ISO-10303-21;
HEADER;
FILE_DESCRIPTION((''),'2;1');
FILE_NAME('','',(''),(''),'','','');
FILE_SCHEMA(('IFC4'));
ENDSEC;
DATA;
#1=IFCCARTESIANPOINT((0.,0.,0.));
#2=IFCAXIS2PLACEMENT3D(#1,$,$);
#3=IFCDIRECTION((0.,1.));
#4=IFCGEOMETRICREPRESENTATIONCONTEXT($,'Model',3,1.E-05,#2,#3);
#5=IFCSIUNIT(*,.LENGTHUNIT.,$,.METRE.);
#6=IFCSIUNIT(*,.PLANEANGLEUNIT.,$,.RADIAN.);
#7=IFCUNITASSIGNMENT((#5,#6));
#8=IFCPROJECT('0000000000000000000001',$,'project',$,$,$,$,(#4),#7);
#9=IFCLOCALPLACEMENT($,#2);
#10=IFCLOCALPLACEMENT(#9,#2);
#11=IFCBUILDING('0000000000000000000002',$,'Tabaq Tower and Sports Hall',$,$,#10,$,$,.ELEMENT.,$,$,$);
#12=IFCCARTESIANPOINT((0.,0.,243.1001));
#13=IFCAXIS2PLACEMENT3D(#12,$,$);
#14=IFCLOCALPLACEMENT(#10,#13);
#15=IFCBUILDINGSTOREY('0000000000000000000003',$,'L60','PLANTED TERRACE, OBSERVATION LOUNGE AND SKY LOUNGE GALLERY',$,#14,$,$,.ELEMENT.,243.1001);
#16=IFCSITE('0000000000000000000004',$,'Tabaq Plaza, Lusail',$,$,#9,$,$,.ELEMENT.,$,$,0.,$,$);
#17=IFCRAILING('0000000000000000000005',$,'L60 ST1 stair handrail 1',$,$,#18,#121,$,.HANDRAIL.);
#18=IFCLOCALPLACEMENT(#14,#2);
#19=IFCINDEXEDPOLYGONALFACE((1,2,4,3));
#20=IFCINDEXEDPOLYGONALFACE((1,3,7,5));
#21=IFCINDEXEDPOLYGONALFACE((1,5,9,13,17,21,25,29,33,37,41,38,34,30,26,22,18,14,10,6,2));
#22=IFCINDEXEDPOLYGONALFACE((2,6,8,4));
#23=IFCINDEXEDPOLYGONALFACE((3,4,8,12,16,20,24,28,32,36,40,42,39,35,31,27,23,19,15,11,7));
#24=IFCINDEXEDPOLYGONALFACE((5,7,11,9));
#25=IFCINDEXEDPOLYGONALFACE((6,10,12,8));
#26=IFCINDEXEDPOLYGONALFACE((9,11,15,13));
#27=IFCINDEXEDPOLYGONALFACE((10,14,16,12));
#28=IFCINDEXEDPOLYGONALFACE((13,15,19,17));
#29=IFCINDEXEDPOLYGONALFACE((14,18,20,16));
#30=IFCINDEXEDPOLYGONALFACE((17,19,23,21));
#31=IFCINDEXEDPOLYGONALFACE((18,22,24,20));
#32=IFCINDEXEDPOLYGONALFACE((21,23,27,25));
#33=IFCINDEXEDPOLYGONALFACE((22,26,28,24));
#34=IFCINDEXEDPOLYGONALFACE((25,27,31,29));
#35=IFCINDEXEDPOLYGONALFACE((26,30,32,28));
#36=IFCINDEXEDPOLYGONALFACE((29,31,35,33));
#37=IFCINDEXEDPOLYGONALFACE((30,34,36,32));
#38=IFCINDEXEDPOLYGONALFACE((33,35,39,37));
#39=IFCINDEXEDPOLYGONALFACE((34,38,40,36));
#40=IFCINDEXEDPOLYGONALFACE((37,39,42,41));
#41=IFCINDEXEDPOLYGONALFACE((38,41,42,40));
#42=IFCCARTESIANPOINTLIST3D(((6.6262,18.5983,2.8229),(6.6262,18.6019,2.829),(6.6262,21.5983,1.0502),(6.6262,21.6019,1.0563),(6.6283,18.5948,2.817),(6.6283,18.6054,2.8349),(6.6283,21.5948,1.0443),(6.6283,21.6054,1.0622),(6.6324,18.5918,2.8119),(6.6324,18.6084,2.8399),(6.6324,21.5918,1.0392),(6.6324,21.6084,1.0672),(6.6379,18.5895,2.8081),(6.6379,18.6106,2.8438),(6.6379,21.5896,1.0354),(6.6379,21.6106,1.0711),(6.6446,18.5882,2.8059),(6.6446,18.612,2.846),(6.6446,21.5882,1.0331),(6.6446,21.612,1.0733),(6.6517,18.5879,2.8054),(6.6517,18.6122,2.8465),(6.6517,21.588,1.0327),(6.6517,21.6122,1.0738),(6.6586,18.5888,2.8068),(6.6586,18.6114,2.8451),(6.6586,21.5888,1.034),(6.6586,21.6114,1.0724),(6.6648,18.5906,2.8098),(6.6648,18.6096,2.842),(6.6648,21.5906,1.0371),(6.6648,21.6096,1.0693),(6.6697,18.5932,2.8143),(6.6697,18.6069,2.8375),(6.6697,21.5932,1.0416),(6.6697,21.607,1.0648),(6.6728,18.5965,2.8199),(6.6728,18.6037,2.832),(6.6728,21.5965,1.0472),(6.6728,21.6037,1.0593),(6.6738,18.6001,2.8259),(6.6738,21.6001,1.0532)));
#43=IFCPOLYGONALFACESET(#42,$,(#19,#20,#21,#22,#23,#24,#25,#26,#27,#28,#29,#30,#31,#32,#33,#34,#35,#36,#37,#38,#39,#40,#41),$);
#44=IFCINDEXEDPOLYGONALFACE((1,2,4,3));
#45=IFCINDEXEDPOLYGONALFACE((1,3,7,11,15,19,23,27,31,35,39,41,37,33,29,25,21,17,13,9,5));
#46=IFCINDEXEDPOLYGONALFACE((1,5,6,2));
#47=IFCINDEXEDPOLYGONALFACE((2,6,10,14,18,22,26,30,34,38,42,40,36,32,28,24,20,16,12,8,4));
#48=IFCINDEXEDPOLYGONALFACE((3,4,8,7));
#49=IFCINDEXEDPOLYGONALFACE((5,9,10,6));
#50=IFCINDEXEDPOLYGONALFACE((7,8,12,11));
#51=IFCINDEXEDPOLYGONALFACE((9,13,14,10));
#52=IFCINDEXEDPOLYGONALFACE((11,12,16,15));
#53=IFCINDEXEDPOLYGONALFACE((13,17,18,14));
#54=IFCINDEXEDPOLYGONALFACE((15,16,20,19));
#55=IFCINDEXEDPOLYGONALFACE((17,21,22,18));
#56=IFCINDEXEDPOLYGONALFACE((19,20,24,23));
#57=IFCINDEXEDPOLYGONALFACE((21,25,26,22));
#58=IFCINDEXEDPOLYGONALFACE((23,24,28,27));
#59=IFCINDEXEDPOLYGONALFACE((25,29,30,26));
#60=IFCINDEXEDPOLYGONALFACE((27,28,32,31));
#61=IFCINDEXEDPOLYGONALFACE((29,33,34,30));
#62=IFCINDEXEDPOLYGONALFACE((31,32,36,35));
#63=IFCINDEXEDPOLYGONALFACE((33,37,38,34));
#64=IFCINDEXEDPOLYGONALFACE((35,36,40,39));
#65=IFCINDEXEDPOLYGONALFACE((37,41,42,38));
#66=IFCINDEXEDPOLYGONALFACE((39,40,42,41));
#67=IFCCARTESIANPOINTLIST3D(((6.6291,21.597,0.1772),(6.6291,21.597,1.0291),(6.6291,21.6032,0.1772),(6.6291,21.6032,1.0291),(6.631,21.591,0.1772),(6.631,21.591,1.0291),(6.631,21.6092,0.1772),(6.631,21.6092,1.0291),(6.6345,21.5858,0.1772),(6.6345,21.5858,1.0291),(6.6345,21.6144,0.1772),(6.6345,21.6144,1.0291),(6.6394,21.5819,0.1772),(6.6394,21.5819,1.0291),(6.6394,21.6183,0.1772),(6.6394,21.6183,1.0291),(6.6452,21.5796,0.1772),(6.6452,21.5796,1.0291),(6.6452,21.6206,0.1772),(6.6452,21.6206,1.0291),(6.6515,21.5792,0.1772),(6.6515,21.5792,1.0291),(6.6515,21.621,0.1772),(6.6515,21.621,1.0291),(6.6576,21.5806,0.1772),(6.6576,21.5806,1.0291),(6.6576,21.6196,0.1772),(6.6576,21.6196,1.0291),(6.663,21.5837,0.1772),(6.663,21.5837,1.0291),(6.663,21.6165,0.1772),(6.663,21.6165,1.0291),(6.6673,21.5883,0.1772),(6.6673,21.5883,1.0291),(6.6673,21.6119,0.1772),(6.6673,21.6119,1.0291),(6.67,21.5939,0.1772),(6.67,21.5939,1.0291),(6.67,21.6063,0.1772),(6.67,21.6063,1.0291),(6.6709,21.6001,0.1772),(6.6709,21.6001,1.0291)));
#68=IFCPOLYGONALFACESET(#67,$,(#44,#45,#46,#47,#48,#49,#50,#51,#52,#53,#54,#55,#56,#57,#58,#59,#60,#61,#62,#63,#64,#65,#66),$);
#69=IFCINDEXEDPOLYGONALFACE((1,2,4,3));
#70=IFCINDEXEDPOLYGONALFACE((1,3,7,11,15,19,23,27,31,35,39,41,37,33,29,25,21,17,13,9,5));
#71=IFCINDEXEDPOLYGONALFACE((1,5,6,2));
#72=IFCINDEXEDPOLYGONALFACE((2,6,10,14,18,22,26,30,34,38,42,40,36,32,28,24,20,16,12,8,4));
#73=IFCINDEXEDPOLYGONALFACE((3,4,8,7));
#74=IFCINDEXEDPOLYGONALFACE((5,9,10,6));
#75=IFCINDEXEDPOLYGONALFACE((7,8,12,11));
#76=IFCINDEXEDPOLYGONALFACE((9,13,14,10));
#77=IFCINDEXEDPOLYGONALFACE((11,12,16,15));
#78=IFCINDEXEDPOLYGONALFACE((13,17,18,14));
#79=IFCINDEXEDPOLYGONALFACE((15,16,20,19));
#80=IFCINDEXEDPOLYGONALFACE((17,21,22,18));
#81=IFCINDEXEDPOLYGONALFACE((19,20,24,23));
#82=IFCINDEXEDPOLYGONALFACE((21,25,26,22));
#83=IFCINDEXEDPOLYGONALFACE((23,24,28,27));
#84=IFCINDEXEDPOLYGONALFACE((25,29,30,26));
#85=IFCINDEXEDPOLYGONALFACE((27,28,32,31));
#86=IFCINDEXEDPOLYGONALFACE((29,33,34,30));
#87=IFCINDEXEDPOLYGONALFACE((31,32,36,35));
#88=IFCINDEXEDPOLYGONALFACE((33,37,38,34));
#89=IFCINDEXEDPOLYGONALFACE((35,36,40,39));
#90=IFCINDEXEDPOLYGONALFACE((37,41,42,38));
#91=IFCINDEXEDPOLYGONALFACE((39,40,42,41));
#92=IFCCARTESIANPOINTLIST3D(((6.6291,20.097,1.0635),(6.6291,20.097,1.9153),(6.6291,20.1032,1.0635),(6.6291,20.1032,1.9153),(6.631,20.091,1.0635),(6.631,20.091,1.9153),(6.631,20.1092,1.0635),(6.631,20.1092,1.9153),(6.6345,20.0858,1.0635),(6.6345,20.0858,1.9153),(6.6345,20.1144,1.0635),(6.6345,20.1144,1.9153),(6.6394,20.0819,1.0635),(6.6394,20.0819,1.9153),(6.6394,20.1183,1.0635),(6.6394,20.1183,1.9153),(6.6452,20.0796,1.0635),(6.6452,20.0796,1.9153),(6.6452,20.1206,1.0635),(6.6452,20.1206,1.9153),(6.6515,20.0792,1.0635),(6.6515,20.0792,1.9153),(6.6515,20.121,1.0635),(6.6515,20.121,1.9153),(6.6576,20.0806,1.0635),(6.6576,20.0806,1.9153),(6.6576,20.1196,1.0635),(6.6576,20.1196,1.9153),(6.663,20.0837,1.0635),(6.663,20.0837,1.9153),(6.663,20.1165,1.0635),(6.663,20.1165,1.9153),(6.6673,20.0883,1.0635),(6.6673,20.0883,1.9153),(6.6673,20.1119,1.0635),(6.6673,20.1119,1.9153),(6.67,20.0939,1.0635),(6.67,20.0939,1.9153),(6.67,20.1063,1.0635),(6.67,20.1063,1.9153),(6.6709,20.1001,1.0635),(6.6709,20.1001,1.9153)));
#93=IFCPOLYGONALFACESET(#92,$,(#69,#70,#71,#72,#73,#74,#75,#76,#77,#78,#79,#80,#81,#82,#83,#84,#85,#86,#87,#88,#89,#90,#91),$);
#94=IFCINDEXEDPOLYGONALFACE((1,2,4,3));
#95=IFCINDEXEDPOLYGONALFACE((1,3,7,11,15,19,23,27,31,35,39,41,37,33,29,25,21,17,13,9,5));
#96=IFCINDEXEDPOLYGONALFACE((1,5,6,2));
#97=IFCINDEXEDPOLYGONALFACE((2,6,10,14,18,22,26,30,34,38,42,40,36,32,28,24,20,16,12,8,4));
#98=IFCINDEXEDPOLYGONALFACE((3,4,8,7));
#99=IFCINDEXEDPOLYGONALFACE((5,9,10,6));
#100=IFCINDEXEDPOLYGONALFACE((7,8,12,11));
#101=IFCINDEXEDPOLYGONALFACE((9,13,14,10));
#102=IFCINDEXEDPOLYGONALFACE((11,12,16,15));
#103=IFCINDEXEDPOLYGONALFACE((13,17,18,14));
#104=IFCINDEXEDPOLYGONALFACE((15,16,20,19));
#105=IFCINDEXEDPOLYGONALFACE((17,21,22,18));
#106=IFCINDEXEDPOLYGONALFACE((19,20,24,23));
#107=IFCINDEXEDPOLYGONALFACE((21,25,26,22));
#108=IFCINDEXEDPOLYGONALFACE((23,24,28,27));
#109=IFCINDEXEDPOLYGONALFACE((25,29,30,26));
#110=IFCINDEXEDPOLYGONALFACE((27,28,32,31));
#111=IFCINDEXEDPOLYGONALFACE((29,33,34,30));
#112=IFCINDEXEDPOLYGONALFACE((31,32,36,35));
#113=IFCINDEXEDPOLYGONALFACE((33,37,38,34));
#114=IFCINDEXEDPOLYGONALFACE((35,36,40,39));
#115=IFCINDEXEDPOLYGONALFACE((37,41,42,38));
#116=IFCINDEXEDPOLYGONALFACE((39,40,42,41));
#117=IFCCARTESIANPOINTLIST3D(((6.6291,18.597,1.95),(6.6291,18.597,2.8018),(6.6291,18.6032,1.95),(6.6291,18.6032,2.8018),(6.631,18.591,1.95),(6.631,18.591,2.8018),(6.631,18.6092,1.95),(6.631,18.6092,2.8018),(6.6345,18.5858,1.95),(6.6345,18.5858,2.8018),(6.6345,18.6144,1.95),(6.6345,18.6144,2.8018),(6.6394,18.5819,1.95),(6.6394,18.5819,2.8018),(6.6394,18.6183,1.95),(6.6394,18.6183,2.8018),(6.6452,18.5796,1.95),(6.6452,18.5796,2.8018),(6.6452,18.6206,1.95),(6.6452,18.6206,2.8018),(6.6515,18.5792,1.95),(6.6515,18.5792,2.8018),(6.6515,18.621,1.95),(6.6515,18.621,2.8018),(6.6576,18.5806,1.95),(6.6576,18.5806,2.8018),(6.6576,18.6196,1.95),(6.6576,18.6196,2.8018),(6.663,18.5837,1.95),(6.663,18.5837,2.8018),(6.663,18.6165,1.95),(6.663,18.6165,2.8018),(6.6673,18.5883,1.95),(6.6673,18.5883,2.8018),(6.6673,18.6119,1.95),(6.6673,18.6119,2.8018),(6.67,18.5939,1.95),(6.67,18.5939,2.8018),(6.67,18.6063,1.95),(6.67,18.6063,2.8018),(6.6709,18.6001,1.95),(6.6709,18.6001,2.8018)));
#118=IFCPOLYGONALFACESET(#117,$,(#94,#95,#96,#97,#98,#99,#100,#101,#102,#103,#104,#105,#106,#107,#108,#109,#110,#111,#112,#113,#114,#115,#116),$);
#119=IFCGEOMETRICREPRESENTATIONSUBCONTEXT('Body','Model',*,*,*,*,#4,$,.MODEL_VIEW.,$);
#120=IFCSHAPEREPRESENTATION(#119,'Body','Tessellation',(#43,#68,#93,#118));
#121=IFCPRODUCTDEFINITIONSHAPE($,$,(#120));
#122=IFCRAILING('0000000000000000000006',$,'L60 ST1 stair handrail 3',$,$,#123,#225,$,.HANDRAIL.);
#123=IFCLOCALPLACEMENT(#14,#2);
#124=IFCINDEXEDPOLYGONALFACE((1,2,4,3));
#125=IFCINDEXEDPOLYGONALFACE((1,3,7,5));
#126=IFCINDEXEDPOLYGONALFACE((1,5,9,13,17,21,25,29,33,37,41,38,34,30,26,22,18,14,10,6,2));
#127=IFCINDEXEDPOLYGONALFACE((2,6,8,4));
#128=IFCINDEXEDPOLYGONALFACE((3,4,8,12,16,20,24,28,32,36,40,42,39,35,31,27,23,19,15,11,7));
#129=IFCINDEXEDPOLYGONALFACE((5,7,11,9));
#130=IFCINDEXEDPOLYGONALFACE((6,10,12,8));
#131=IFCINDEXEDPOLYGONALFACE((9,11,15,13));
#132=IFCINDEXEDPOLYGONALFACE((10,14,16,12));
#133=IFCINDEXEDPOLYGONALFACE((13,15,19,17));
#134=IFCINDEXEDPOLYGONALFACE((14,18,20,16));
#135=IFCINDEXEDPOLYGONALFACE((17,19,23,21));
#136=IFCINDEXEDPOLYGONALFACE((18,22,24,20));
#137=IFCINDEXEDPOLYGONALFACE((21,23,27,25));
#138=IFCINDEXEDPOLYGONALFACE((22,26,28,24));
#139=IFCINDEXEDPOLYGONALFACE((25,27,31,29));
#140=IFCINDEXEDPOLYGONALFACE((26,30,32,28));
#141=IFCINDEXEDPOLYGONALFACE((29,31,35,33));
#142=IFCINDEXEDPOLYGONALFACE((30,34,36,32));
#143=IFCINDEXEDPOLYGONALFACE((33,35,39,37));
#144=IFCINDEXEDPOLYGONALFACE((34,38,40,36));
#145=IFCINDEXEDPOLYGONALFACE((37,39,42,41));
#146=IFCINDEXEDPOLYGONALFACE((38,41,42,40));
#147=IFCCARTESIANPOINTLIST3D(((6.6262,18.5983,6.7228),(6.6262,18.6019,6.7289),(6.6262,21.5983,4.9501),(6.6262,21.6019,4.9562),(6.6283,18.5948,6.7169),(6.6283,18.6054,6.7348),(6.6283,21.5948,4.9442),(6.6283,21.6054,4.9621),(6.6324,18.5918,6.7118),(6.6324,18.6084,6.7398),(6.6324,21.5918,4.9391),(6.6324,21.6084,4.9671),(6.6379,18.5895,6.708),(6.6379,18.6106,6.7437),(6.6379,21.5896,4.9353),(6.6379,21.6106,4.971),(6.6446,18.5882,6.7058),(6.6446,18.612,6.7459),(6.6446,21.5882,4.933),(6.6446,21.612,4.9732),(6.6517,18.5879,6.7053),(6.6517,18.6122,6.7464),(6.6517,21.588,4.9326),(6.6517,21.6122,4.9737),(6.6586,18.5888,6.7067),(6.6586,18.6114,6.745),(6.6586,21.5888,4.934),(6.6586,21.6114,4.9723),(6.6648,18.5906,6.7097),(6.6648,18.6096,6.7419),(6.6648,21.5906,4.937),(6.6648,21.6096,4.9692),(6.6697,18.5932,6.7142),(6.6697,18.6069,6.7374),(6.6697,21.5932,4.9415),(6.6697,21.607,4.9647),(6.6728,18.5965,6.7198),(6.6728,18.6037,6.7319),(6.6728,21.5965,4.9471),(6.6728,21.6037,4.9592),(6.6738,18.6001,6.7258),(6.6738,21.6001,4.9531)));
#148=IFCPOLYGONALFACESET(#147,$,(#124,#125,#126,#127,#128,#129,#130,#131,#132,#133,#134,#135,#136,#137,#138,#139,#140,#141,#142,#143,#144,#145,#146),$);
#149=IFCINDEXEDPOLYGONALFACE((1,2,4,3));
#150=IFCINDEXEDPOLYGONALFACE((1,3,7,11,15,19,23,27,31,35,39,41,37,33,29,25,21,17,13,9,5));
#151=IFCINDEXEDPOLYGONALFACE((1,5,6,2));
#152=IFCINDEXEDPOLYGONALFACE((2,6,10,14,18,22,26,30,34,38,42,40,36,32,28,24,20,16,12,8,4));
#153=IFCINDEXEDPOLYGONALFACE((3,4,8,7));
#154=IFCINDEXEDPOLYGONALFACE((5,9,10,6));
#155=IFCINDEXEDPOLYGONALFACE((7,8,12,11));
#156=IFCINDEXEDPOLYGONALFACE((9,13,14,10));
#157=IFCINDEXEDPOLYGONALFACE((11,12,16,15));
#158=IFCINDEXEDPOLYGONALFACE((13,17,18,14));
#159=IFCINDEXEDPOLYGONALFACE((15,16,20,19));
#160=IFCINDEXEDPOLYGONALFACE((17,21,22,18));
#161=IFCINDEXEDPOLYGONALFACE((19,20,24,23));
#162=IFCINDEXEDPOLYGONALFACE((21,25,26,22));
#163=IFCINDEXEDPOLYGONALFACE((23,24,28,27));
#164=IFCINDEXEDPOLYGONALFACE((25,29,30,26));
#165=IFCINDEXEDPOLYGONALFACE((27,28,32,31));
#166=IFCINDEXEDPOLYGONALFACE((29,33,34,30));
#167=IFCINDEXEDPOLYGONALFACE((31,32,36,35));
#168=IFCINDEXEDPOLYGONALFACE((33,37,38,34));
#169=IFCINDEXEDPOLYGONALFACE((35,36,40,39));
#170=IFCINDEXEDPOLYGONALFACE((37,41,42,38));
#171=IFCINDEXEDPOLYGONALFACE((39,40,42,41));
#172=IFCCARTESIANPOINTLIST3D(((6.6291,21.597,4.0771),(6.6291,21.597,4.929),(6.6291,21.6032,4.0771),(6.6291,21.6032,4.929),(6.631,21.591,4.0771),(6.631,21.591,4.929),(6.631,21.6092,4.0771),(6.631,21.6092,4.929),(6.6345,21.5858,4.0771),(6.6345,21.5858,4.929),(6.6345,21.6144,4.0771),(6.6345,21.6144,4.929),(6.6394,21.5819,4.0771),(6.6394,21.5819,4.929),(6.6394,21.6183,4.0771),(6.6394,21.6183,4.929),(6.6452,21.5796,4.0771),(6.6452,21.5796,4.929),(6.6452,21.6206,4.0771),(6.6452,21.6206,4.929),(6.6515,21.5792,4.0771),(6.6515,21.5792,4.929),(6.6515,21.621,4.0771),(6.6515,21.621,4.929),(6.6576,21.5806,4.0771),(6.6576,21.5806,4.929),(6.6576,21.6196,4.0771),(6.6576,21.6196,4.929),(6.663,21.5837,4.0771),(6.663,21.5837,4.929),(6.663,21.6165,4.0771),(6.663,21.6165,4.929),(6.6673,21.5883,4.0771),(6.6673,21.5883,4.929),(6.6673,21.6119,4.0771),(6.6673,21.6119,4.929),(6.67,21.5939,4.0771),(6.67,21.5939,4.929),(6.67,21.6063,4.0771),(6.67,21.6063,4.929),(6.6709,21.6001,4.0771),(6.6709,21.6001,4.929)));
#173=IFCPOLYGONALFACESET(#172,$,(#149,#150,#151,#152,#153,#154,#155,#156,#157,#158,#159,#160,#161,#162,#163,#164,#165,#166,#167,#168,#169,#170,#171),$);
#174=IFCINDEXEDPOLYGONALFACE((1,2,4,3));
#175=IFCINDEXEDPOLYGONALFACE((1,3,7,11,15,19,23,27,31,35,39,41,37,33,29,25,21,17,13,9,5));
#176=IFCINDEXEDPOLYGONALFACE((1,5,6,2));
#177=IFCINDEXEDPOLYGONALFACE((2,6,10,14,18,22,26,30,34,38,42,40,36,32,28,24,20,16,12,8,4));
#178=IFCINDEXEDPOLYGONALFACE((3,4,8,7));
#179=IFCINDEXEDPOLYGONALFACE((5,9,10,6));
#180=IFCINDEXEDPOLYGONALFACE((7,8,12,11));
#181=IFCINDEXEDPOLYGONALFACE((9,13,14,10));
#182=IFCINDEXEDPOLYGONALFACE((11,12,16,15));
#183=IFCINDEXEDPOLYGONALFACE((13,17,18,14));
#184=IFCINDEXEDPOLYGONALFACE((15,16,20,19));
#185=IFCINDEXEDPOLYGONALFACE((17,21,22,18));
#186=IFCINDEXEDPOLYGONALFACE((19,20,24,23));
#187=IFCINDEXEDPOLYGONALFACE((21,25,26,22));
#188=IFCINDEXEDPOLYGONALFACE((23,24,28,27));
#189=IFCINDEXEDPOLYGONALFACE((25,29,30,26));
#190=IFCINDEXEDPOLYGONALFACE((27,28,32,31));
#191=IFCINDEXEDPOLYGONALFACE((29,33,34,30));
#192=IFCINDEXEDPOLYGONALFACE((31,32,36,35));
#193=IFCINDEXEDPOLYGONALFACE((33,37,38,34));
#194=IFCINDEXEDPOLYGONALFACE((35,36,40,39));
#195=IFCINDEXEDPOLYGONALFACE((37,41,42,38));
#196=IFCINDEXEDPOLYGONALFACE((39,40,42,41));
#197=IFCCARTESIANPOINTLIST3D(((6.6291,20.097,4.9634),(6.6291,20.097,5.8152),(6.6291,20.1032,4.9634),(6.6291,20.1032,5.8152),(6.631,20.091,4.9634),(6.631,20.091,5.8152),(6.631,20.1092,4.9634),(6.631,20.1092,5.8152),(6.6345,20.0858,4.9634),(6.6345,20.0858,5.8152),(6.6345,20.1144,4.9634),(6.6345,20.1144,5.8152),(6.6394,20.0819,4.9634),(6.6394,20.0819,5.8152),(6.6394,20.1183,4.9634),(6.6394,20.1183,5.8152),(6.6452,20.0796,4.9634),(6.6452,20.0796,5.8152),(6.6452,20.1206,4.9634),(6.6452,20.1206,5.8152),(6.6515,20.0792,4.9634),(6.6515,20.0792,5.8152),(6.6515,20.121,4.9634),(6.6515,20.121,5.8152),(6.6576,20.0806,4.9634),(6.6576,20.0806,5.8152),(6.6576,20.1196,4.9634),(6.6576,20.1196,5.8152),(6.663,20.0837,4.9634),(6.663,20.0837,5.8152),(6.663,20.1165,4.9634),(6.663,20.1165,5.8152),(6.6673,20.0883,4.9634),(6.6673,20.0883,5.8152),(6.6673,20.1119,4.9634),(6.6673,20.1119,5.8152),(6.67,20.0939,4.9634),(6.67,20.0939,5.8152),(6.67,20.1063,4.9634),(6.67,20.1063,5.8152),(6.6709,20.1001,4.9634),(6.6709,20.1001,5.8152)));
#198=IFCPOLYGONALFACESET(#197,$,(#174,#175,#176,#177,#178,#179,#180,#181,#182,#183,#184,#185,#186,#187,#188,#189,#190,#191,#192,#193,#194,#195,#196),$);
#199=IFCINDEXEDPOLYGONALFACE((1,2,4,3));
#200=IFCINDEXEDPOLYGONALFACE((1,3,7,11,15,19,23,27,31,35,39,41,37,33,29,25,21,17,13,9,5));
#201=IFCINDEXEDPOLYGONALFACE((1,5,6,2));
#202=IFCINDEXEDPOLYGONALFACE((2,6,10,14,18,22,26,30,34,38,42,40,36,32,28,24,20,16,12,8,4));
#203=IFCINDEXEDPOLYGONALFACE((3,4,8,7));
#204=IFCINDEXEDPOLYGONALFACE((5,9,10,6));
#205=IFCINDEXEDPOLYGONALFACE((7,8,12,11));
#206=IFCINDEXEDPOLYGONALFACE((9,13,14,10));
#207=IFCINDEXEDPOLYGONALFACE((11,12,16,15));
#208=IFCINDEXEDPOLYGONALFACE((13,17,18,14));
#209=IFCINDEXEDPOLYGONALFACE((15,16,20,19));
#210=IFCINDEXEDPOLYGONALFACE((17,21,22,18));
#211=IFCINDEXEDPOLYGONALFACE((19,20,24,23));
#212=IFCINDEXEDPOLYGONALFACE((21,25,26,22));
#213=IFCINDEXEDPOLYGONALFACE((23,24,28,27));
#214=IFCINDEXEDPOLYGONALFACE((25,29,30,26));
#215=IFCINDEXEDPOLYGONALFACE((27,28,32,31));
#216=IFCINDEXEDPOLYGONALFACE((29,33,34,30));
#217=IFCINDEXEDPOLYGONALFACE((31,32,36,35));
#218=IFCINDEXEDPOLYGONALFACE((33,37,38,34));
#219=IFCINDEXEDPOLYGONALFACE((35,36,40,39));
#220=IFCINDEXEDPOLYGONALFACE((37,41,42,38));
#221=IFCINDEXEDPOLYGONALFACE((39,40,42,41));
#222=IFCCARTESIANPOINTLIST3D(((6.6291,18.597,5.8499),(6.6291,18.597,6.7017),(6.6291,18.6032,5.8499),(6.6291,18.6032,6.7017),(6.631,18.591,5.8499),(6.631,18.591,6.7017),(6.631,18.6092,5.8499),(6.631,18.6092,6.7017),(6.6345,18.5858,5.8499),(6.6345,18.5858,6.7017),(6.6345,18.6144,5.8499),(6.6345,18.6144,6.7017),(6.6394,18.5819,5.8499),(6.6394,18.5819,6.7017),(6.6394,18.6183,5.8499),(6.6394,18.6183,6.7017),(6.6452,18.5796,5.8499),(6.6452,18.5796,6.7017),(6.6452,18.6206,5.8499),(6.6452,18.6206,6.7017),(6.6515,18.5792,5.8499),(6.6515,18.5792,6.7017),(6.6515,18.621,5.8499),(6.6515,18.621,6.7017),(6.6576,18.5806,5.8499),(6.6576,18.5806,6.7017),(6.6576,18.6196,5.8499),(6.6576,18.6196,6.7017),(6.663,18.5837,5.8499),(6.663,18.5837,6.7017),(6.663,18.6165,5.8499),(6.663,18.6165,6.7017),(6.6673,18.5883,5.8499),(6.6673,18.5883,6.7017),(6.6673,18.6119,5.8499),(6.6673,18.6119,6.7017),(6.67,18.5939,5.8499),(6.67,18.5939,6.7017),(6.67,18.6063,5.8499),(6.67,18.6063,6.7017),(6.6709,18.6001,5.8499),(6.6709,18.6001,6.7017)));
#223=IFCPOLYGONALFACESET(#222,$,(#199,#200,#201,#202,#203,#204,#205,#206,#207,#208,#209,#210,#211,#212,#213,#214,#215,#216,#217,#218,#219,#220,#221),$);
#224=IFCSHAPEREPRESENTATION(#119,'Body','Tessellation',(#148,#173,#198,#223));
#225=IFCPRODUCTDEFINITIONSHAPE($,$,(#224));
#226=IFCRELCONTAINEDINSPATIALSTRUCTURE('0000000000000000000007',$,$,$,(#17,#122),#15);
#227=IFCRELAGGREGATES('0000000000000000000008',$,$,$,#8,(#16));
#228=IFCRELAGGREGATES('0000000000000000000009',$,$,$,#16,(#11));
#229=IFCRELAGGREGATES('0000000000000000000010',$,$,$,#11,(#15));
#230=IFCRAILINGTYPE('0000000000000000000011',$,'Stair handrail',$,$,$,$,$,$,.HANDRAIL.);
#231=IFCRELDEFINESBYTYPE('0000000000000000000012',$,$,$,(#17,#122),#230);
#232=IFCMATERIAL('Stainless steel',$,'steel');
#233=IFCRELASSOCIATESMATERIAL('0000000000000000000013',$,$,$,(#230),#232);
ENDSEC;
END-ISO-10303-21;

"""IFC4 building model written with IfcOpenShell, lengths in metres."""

from ifc_helpers import new_model, si_unit, direction, frame, origin, origin_2d, place, context, subcontext, project, spatial, circle, extrude, material, type_object, element, save


model = new_model("IFC4")

# Units and contexts
model_context = context("Model", 3, precision=1e-05, world=origin(), true_north=direction((0.0, 1.0)))
body_context = subcontext(model_context, "Body", "Model", "MODEL_VIEW")
ifc_project = project(units=[si_unit("LENGTHUNIT", "METRE"), si_unit("PLANEANGLEUNIT", "RADIAN")], contexts=[model_context])

# Site, building, storey
site_placement = place(None, origin())
site = spatial("IfcSite", under=ifc_project, at=site_placement, Name="Tabaq Plaza, Lusail", CompositionType="ELEMENT", RefElevation=0.0)
building_placement = place(site_placement, origin())
building = spatial("IfcBuilding", under=site, at=building_placement, Name="Tabaq Tower and Sports Hall", CompositionType="ELEMENT")
storey_placement = place(building_placement, frame((0.0, 0.0, 243.1001)))
storey = spatial("IfcBuildingStorey", under=building, at=storey_placement, Name="L60", Description="PLANTED TERRACE, OBSERVATION LOUNGE AND SKY LOUNGE GALLERY", CompositionType="ELEMENT", Elevation=243.1001)

# Railings
ifc_material_1 = material(Name="Stainless steel", Category="steel")
railing_type_1 = type_object("IfcRailingType", Name="Stair handrail", PredefinedType="HANDRAIL", material=ifc_material_1)
for number, where, name in (
    (1, (6.6499, 21.6001, 0.1772), "L60 ST1 stair handrail 1"),
    (2, (6.6499, 21.6001, 4.0771), "L60 ST1 stair handrail 3"),
):
    element("IfcRailing", number, at=place(storey_placement, frame(where)), inside=storey, type_object=railing_type_1, Name=name, PredefinedType="HANDRAIL", context=body_context, shape_type="SweptSolid", body=[
        extrude(circle(Radius=0.0239, at=origin_2d()), frame((0.0, 0.0, 0.876), z_axis=(0.0, -0.860929, 0.508725), x_axis=(1.0, 0.0, 0.0)), (0.0, 0.0, 1.0), 3.4846),
        extrude(circle(Radius=0.021, at=origin_2d()), origin(), (0.0, 0.0, 1.0), 0.8518),
        extrude(circle(Radius=0.021, at=origin_2d()), frame((0.0, -1.5, 0.8862)), (0.0, 0.0, 1.0), 0.8518),
        extrude(circle(Radius=0.021, at=origin_2d()), frame((0.0, -3.0, 1.7727)), (0.0, 0.0, 1.0), 0.8518),
    ])

save(model, "model.ifc")
